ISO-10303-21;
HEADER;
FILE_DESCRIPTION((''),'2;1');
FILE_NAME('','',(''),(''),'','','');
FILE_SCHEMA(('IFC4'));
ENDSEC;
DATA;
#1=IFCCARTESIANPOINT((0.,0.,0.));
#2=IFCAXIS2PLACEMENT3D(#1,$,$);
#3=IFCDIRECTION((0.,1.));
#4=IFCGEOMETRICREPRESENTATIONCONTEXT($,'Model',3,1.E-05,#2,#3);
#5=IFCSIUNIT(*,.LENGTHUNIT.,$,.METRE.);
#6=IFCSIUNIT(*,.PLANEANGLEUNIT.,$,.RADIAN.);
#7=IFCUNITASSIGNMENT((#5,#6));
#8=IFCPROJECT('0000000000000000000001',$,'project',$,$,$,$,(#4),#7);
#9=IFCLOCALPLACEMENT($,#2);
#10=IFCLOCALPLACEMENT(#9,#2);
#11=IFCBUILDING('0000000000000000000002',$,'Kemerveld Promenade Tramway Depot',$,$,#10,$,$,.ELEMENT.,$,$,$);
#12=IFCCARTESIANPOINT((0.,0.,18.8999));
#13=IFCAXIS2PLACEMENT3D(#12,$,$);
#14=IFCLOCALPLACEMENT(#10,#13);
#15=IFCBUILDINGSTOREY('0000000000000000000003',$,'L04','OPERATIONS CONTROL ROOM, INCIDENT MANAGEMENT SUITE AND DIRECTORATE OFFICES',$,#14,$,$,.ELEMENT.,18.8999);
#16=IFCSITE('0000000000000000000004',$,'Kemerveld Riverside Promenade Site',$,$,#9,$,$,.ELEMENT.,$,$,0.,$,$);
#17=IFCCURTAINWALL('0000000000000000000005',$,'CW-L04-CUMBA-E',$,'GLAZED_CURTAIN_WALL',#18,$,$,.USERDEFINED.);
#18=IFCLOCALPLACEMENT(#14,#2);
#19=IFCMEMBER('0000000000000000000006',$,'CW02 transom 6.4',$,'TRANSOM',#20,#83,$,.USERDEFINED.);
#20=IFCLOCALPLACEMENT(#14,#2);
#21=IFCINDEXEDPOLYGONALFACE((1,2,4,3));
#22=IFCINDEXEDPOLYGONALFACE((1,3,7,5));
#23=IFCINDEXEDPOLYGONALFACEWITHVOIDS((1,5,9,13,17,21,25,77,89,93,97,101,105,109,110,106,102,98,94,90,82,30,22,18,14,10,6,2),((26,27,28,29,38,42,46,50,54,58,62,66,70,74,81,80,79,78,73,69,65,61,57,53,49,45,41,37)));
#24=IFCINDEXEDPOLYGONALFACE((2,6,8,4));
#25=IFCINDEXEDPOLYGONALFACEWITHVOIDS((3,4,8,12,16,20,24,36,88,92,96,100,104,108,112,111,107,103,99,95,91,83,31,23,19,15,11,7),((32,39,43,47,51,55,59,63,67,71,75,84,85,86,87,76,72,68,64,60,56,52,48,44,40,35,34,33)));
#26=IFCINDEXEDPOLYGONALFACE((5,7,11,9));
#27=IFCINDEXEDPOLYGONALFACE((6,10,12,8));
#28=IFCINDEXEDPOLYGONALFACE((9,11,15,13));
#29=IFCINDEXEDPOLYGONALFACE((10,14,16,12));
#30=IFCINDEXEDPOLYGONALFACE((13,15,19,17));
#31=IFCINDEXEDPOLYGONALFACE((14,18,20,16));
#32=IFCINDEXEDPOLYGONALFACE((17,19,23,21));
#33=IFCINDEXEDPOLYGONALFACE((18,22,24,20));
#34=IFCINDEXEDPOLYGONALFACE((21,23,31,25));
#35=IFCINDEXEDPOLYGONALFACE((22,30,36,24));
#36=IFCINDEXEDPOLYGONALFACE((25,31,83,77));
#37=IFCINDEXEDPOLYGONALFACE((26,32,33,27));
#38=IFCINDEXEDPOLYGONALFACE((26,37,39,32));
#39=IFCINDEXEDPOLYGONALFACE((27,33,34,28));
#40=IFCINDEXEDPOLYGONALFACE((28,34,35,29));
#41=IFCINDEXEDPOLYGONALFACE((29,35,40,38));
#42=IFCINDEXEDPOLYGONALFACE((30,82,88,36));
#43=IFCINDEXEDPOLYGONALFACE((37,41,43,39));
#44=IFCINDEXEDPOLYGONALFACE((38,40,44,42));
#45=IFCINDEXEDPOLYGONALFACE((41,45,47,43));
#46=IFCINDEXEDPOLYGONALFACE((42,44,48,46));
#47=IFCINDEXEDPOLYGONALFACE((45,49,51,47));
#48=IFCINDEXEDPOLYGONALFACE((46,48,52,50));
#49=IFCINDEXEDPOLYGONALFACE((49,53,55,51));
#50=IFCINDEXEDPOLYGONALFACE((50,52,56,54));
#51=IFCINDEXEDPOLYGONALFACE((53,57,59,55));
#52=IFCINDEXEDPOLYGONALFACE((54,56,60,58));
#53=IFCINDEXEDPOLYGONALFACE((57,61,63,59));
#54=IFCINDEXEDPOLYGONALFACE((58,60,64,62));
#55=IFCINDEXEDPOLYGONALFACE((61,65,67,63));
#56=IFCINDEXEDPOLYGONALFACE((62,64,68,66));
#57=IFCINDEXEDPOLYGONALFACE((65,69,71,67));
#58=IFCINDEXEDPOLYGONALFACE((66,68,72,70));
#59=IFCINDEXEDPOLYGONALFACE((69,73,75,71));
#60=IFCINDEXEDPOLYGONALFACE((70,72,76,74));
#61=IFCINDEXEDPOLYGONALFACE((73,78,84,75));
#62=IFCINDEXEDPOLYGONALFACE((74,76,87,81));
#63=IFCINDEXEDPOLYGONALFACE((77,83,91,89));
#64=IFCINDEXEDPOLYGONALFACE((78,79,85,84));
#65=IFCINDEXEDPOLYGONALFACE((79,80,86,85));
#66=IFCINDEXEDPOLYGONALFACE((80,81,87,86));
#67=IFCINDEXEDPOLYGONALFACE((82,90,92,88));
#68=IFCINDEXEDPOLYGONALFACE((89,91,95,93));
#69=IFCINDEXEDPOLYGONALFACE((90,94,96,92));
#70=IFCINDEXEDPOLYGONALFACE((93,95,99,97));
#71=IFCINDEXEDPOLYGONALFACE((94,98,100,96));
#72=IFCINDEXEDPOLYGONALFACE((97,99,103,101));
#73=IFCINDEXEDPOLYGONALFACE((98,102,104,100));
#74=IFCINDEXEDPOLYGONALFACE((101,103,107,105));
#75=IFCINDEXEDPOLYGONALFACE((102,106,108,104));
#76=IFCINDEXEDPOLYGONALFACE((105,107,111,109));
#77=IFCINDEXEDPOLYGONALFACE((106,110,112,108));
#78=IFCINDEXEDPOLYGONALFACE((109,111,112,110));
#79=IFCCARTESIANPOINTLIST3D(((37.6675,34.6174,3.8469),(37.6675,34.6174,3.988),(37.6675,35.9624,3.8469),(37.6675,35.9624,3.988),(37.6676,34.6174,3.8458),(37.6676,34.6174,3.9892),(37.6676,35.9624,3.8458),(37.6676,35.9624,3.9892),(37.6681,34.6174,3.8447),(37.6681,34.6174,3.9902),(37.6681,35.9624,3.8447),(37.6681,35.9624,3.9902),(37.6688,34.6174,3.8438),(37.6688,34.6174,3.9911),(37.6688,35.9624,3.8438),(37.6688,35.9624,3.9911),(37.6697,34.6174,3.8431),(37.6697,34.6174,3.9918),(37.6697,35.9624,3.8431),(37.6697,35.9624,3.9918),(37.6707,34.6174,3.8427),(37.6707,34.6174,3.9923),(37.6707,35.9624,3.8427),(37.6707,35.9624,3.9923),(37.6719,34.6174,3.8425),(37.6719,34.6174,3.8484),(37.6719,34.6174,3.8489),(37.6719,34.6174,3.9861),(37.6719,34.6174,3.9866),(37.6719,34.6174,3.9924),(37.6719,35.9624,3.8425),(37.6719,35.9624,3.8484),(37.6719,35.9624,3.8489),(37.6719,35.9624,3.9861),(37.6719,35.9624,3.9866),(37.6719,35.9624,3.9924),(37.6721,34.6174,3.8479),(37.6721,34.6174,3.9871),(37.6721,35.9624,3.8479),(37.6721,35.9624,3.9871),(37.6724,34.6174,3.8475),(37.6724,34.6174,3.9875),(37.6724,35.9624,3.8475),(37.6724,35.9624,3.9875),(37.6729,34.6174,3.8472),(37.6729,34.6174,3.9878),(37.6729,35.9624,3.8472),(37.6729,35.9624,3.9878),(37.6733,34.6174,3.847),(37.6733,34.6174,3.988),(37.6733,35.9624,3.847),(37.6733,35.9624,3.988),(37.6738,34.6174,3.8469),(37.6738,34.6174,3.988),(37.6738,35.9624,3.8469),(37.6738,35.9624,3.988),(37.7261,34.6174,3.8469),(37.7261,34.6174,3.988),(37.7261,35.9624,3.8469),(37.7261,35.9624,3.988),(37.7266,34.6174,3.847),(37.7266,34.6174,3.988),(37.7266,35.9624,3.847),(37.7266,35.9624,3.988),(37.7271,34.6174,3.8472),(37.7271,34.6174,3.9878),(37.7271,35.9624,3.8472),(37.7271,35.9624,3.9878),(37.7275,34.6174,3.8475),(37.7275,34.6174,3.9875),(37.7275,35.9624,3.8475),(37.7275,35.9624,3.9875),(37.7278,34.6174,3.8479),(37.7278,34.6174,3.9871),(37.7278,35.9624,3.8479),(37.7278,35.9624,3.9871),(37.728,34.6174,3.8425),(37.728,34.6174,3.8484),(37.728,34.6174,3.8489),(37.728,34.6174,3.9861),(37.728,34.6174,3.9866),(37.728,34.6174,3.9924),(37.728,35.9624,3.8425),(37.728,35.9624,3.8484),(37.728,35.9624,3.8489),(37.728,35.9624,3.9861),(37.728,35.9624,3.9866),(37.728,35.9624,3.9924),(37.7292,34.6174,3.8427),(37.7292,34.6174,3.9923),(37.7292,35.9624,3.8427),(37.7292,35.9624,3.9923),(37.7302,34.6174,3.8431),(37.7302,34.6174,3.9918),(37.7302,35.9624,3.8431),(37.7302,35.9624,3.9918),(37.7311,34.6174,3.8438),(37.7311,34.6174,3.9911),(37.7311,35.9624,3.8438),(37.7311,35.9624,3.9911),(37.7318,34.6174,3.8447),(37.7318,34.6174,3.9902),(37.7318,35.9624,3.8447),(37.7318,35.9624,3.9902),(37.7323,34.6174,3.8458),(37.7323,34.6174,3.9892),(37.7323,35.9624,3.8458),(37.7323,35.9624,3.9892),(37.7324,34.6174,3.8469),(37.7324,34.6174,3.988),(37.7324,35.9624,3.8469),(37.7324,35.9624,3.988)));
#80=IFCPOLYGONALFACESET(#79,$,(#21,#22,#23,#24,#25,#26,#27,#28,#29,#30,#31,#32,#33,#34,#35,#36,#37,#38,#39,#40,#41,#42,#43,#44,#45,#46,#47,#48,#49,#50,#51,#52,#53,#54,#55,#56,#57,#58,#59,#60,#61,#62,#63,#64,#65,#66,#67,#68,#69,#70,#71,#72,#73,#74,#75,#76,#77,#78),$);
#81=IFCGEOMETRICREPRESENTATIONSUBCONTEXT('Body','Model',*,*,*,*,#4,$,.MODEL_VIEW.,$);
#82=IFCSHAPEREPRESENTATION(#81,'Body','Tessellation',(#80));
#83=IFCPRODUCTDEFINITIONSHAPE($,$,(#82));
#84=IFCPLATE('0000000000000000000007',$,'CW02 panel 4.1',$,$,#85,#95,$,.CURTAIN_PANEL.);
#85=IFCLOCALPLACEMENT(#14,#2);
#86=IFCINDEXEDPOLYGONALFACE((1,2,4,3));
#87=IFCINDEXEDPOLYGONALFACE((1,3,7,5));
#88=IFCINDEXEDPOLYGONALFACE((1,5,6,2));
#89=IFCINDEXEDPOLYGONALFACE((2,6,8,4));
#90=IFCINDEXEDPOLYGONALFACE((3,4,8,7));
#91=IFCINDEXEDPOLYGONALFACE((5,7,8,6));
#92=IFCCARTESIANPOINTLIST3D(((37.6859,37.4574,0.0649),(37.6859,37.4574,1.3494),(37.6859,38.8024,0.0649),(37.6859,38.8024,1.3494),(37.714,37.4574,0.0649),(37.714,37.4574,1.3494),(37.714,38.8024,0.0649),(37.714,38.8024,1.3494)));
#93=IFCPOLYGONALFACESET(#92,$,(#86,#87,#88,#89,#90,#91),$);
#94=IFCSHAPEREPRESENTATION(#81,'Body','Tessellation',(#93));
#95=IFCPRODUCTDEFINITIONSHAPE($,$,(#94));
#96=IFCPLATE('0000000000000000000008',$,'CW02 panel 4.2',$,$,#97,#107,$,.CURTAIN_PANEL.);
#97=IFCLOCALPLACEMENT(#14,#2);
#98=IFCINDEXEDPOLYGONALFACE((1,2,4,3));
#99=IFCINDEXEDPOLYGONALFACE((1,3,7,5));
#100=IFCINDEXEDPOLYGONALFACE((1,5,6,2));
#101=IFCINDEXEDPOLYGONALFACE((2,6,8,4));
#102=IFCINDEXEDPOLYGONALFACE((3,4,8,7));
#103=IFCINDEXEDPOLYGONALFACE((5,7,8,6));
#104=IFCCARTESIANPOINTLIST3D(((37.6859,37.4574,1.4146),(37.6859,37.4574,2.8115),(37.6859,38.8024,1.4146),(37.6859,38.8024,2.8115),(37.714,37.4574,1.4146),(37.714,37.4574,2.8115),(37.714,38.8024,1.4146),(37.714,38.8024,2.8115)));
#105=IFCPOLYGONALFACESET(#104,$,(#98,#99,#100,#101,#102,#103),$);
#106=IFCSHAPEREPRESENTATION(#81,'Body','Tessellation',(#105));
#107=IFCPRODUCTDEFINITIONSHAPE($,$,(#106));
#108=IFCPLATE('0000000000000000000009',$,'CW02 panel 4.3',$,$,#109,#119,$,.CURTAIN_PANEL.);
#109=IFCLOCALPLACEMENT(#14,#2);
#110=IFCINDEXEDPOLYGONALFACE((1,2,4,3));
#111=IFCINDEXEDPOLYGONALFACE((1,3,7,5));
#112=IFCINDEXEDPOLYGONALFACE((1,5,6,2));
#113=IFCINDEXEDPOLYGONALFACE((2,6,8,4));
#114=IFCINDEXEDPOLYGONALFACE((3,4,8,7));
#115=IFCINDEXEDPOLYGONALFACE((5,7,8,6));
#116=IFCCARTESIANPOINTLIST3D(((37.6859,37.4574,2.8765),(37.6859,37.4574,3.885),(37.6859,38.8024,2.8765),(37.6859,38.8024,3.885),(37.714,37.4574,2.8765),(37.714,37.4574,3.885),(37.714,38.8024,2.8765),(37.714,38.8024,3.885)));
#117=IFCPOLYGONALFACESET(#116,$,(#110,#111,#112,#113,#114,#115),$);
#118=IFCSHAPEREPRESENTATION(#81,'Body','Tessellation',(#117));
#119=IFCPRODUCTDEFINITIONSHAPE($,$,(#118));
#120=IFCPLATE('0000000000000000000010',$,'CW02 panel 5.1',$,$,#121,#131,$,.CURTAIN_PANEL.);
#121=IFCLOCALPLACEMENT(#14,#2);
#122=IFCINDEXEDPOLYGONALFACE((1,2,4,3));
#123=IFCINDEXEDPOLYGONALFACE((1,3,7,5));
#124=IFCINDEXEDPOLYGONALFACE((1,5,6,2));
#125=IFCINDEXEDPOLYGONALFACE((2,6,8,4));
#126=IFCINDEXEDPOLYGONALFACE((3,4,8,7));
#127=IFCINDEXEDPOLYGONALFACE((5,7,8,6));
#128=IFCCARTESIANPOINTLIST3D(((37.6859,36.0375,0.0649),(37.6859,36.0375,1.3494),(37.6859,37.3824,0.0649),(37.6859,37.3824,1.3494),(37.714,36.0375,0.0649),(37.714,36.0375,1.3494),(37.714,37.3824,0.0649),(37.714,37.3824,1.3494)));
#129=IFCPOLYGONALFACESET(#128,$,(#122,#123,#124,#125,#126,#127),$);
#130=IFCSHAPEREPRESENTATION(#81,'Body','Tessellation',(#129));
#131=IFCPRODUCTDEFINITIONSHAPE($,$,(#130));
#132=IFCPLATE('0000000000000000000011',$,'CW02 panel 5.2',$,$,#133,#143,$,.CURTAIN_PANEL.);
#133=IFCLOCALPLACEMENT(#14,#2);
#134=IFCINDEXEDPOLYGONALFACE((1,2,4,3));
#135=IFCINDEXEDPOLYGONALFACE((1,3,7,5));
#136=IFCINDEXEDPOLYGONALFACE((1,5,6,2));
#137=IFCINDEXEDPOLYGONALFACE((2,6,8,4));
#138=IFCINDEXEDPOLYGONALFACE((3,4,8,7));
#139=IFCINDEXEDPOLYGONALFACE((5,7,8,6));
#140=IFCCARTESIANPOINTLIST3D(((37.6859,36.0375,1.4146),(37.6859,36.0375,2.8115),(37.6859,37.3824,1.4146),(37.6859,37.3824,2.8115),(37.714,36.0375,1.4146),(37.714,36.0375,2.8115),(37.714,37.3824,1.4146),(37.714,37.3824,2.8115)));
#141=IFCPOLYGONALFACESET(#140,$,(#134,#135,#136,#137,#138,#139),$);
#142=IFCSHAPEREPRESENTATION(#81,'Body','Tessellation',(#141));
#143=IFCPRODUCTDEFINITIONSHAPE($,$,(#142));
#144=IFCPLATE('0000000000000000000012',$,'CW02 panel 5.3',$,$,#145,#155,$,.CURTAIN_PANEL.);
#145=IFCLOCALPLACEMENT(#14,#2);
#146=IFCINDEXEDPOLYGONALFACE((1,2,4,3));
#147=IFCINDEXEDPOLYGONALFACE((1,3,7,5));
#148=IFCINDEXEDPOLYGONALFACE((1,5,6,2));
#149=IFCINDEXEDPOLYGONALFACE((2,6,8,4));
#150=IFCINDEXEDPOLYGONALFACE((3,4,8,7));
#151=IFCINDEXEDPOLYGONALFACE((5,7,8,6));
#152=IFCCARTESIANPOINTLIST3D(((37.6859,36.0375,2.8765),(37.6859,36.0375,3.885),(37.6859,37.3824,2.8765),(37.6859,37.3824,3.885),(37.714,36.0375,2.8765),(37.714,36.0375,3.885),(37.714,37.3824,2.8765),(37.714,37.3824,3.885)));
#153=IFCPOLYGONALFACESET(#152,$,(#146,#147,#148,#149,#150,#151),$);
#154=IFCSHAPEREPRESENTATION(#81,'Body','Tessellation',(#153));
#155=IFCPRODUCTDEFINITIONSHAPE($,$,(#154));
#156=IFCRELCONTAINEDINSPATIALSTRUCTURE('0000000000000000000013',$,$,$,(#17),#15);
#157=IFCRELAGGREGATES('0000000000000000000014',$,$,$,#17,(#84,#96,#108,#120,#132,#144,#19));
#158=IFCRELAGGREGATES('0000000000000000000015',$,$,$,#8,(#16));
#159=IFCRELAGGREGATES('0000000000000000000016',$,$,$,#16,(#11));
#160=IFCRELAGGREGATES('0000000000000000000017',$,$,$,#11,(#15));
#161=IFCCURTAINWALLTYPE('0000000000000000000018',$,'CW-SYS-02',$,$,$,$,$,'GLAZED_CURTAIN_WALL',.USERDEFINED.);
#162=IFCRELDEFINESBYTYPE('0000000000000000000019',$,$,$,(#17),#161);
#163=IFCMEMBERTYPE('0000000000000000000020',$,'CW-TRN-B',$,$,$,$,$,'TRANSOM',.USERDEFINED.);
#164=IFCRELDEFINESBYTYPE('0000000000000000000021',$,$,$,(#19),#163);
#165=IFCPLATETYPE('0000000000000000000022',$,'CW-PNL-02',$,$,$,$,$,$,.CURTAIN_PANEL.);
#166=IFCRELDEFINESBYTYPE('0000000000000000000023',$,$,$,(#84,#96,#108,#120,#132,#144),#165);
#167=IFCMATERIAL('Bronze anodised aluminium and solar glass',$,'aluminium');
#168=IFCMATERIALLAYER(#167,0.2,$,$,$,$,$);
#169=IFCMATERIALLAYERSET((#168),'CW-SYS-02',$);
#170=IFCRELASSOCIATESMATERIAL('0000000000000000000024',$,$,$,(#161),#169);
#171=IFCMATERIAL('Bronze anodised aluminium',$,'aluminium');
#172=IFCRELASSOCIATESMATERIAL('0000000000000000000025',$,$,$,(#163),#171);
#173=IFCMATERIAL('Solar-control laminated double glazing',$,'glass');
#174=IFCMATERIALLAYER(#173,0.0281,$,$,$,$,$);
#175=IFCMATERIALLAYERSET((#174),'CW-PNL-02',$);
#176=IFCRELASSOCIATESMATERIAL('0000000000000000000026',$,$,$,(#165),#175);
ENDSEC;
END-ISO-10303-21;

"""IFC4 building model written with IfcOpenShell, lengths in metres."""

from ifc_helpers import new_model, si_unit, direction, frame, origin, origin_2d, place, context, subcontext, project, spatial, rectangle, hollow_rectangle, extrude, material, layer, layer_set, material_profile, profile_set, type_object, element, aggregate, save


model = new_model("IFC4")

# Units and contexts
model_context = context("Model", 3, precision=1e-05, world=origin(), true_north=direction((0.0, 1.0)))
body_context = subcontext(model_context, "Body", "Model", "MODEL_VIEW")
ifc_project = project(units=[si_unit("LENGTHUNIT", "METRE"), si_unit("PLANEANGLEUNIT", "RADIAN")], contexts=[model_context])

# Site, building, storey
site_placement = place(None, origin())
site = spatial("IfcSite", under=ifc_project, at=site_placement, Name="Kemerveld Riverside Promenade Site", CompositionType="ELEMENT", RefElevation=0.0)
building_placement = place(site_placement, origin())
building = spatial("IfcBuilding", under=site, at=building_placement, Name="Kemerveld Promenade Tramway Depot", CompositionType="ELEMENT")
storey_placement = place(building_placement, frame((0.0, 0.0, 18.8999)))
storey = spatial("IfcBuildingStorey", under=building, at=storey_placement, Name="L04", Description="OPERATIONS CONTROL ROOM, INCIDENT MANAGEMENT SUITE AND DIRECTORATE OFFICES", CompositionType="ELEMENT", Elevation=18.8999)

# Shared definitions
ifc_material_1 = material(Name="Bronze anodised aluminium and solar glass", Category="aluminium")
ifc_material_2 = material(Name="Bronze anodised aluminium", Category="aluminium")

# Curtain wall
ifc_layer_1 = layer(ifc_material_1, 0.2)
ifc_layer_set_1 = layer_set([ifc_layer_1], Name="CW-SYS-02")
curtain_wall_type_1 = type_object("IfcCurtainWallType", Name="CW-SYS-02", ElementType="GLAZED_CURTAIN_WALL", PredefinedType="USERDEFINED", material=ifc_layer_set_1)
curtain_wall_1_placement = place(storey_placement, origin())
curtain_wall_1 = element("IfcCurtainWall", 1, at=curtain_wall_1_placement, inside=storey, type_object=curtain_wall_type_1, Name="CW-L04-CUMBA-E", ObjectType="GLAZED_CURTAIN_WALL", PredefinedType="USERDEFINED")

# Member
ifc_material_profile_1 = material_profile(ifc_material_2, hollow_rectangle(XDim=0.0649, YDim=0.1499, WallThickness=0.0044, InnerFilletRadius=0.002, OuterFilletRadius=0.0044, at=origin_2d()), Name="CW-TRN-150x65")
ifc_profile_set_1 = profile_set([ifc_material_profile_1], Name="Bronze anodised aluminium")
member_type_1 = type_object("IfcMemberType", Name="CW-TRN-B", ElementType="TRANSOM", PredefinedType="USERDEFINED", material=ifc_profile_set_1)
member_1_placement = place(storey_placement, frame((37.7, 35.9624, 3.9175), z_axis=(0.0, -1.0, 0.0), x_axis=(1.0, 0.0, 0.0)))
member_1 = element("IfcMember", 2, at=member_1_placement, type_object=member_type_1, Name="CW02 transom 6.4", ObjectType="TRANSOM", PredefinedType="USERDEFINED", context=body_context, shape_type="SweptSolid", body=[
    extrude(hollow_rectangle(XDim=0.0649, YDim=0.1499, WallThickness=0.0044, InnerFilletRadius=0.002, OuterFilletRadius=0.0044, at=origin_2d()), origin(), (0.0, 0.0, 1.0), 1.345),
])

# Plates
ifc_material_3 = material(Name="Solar-control laminated double glazing", Category="glass")
ifc_layer_2 = layer(ifc_material_3, 0.0281)
ifc_layer_set_2 = layer_set([ifc_layer_2], Name="CW-PNL-02")
plate_type = type_object("IfcPlateType", Name="CW-PNL-02", PredefinedType="CURTAIN_PANEL", material=ifc_layer_set_2)
plate_1_placement = place(storey_placement, frame((37.7, 38.1299, 0.0649), z_axis=(0.0, 0.0, 1.0), x_axis=(0.0, -1.0, 0.0)))
plate_1 = element("IfcPlate", 3, at=plate_1_placement, type_object=plate_type, Name="CW02 panel 4.1", PredefinedType="CURTAIN_PANEL", context=body_context, shape_type="SweptSolid", body=[
    extrude(rectangle(XDim=1.345, YDim=0.0281, at=origin_2d()), origin(), (0.0, 0.0, 1.0), 1.2844),
])
plate_2_placement = place(storey_placement, frame((37.7, 38.1299, 1.4146), z_axis=(0.0, 0.0, 1.0), x_axis=(0.0, -1.0, 0.0)))
plate_2 = element("IfcPlate", 4, at=plate_2_placement, type_object=plate_type, Name="CW02 panel 4.2", PredefinedType="CURTAIN_PANEL", context=body_context, shape_type="SweptSolid", body=[
    extrude(rectangle(XDim=1.345, YDim=0.0281, at=origin_2d()), origin(), (0.0, 0.0, 1.0), 1.397),
])
plate_3_placement = place(storey_placement, frame((37.7, 38.1299, 2.8765), z_axis=(0.0, 0.0, 1.0), x_axis=(0.0, -1.0, 0.0)))
plate_3 = element("IfcPlate", 5, at=plate_3_placement, type_object=plate_type, Name="CW02 panel 4.3", PredefinedType="CURTAIN_PANEL", context=body_context, shape_type="SweptSolid", body=[
    extrude(rectangle(XDim=1.345, YDim=0.0281, at=origin_2d()), origin(), (0.0, 0.0, 1.0), 1.0085),
])
plate_4_placement = place(storey_placement, frame((37.7, 36.71, 0.0649), z_axis=(0.0, 0.0, 1.0), x_axis=(0.0, -1.0, 0.0)))
plate_4 = element("IfcPlate", 6, at=plate_4_placement, type_object=plate_type, Name="CW02 panel 5.1", PredefinedType="CURTAIN_PANEL", context=body_context, shape_type="SweptSolid", body=[
    extrude(rectangle(XDim=1.345, YDim=0.0281, at=origin_2d()), origin(), (0.0, 0.0, 1.0), 1.2844),
])
plate_5_placement = place(storey_placement, frame((37.7, 36.71, 1.4146), z_axis=(0.0, 0.0, 1.0), x_axis=(0.0, -1.0, 0.0)))
plate_5 = element("IfcPlate", 7, at=plate_5_placement, type_object=plate_type, Name="CW02 panel 5.2", PredefinedType="CURTAIN_PANEL", context=body_context, shape_type="SweptSolid", body=[
    extrude(rectangle(XDim=1.345, YDim=0.0281, at=origin_2d()), origin(), (0.0, 0.0, 1.0), 1.397),
])
plate_6_placement = place(storey_placement, frame((37.7, 36.71, 2.8765), z_axis=(0.0, 0.0, 1.0), x_axis=(0.0, -1.0, 0.0)))
plate_6 = element("IfcPlate", 8, at=plate_6_placement, type_object=plate_type, Name="CW02 panel 5.3", PredefinedType="CURTAIN_PANEL", context=body_context, shape_type="SweptSolid", body=[
    extrude(rectangle(XDim=1.345, YDim=0.0281, at=origin_2d()), origin(), (0.0, 0.0, 1.0), 1.0085),
])
aggregate(curtain_wall_1, [plate_1, plate_2, plate_3, plate_4, plate_5, plate_6, member_1])

save(model, "model.ifc")
